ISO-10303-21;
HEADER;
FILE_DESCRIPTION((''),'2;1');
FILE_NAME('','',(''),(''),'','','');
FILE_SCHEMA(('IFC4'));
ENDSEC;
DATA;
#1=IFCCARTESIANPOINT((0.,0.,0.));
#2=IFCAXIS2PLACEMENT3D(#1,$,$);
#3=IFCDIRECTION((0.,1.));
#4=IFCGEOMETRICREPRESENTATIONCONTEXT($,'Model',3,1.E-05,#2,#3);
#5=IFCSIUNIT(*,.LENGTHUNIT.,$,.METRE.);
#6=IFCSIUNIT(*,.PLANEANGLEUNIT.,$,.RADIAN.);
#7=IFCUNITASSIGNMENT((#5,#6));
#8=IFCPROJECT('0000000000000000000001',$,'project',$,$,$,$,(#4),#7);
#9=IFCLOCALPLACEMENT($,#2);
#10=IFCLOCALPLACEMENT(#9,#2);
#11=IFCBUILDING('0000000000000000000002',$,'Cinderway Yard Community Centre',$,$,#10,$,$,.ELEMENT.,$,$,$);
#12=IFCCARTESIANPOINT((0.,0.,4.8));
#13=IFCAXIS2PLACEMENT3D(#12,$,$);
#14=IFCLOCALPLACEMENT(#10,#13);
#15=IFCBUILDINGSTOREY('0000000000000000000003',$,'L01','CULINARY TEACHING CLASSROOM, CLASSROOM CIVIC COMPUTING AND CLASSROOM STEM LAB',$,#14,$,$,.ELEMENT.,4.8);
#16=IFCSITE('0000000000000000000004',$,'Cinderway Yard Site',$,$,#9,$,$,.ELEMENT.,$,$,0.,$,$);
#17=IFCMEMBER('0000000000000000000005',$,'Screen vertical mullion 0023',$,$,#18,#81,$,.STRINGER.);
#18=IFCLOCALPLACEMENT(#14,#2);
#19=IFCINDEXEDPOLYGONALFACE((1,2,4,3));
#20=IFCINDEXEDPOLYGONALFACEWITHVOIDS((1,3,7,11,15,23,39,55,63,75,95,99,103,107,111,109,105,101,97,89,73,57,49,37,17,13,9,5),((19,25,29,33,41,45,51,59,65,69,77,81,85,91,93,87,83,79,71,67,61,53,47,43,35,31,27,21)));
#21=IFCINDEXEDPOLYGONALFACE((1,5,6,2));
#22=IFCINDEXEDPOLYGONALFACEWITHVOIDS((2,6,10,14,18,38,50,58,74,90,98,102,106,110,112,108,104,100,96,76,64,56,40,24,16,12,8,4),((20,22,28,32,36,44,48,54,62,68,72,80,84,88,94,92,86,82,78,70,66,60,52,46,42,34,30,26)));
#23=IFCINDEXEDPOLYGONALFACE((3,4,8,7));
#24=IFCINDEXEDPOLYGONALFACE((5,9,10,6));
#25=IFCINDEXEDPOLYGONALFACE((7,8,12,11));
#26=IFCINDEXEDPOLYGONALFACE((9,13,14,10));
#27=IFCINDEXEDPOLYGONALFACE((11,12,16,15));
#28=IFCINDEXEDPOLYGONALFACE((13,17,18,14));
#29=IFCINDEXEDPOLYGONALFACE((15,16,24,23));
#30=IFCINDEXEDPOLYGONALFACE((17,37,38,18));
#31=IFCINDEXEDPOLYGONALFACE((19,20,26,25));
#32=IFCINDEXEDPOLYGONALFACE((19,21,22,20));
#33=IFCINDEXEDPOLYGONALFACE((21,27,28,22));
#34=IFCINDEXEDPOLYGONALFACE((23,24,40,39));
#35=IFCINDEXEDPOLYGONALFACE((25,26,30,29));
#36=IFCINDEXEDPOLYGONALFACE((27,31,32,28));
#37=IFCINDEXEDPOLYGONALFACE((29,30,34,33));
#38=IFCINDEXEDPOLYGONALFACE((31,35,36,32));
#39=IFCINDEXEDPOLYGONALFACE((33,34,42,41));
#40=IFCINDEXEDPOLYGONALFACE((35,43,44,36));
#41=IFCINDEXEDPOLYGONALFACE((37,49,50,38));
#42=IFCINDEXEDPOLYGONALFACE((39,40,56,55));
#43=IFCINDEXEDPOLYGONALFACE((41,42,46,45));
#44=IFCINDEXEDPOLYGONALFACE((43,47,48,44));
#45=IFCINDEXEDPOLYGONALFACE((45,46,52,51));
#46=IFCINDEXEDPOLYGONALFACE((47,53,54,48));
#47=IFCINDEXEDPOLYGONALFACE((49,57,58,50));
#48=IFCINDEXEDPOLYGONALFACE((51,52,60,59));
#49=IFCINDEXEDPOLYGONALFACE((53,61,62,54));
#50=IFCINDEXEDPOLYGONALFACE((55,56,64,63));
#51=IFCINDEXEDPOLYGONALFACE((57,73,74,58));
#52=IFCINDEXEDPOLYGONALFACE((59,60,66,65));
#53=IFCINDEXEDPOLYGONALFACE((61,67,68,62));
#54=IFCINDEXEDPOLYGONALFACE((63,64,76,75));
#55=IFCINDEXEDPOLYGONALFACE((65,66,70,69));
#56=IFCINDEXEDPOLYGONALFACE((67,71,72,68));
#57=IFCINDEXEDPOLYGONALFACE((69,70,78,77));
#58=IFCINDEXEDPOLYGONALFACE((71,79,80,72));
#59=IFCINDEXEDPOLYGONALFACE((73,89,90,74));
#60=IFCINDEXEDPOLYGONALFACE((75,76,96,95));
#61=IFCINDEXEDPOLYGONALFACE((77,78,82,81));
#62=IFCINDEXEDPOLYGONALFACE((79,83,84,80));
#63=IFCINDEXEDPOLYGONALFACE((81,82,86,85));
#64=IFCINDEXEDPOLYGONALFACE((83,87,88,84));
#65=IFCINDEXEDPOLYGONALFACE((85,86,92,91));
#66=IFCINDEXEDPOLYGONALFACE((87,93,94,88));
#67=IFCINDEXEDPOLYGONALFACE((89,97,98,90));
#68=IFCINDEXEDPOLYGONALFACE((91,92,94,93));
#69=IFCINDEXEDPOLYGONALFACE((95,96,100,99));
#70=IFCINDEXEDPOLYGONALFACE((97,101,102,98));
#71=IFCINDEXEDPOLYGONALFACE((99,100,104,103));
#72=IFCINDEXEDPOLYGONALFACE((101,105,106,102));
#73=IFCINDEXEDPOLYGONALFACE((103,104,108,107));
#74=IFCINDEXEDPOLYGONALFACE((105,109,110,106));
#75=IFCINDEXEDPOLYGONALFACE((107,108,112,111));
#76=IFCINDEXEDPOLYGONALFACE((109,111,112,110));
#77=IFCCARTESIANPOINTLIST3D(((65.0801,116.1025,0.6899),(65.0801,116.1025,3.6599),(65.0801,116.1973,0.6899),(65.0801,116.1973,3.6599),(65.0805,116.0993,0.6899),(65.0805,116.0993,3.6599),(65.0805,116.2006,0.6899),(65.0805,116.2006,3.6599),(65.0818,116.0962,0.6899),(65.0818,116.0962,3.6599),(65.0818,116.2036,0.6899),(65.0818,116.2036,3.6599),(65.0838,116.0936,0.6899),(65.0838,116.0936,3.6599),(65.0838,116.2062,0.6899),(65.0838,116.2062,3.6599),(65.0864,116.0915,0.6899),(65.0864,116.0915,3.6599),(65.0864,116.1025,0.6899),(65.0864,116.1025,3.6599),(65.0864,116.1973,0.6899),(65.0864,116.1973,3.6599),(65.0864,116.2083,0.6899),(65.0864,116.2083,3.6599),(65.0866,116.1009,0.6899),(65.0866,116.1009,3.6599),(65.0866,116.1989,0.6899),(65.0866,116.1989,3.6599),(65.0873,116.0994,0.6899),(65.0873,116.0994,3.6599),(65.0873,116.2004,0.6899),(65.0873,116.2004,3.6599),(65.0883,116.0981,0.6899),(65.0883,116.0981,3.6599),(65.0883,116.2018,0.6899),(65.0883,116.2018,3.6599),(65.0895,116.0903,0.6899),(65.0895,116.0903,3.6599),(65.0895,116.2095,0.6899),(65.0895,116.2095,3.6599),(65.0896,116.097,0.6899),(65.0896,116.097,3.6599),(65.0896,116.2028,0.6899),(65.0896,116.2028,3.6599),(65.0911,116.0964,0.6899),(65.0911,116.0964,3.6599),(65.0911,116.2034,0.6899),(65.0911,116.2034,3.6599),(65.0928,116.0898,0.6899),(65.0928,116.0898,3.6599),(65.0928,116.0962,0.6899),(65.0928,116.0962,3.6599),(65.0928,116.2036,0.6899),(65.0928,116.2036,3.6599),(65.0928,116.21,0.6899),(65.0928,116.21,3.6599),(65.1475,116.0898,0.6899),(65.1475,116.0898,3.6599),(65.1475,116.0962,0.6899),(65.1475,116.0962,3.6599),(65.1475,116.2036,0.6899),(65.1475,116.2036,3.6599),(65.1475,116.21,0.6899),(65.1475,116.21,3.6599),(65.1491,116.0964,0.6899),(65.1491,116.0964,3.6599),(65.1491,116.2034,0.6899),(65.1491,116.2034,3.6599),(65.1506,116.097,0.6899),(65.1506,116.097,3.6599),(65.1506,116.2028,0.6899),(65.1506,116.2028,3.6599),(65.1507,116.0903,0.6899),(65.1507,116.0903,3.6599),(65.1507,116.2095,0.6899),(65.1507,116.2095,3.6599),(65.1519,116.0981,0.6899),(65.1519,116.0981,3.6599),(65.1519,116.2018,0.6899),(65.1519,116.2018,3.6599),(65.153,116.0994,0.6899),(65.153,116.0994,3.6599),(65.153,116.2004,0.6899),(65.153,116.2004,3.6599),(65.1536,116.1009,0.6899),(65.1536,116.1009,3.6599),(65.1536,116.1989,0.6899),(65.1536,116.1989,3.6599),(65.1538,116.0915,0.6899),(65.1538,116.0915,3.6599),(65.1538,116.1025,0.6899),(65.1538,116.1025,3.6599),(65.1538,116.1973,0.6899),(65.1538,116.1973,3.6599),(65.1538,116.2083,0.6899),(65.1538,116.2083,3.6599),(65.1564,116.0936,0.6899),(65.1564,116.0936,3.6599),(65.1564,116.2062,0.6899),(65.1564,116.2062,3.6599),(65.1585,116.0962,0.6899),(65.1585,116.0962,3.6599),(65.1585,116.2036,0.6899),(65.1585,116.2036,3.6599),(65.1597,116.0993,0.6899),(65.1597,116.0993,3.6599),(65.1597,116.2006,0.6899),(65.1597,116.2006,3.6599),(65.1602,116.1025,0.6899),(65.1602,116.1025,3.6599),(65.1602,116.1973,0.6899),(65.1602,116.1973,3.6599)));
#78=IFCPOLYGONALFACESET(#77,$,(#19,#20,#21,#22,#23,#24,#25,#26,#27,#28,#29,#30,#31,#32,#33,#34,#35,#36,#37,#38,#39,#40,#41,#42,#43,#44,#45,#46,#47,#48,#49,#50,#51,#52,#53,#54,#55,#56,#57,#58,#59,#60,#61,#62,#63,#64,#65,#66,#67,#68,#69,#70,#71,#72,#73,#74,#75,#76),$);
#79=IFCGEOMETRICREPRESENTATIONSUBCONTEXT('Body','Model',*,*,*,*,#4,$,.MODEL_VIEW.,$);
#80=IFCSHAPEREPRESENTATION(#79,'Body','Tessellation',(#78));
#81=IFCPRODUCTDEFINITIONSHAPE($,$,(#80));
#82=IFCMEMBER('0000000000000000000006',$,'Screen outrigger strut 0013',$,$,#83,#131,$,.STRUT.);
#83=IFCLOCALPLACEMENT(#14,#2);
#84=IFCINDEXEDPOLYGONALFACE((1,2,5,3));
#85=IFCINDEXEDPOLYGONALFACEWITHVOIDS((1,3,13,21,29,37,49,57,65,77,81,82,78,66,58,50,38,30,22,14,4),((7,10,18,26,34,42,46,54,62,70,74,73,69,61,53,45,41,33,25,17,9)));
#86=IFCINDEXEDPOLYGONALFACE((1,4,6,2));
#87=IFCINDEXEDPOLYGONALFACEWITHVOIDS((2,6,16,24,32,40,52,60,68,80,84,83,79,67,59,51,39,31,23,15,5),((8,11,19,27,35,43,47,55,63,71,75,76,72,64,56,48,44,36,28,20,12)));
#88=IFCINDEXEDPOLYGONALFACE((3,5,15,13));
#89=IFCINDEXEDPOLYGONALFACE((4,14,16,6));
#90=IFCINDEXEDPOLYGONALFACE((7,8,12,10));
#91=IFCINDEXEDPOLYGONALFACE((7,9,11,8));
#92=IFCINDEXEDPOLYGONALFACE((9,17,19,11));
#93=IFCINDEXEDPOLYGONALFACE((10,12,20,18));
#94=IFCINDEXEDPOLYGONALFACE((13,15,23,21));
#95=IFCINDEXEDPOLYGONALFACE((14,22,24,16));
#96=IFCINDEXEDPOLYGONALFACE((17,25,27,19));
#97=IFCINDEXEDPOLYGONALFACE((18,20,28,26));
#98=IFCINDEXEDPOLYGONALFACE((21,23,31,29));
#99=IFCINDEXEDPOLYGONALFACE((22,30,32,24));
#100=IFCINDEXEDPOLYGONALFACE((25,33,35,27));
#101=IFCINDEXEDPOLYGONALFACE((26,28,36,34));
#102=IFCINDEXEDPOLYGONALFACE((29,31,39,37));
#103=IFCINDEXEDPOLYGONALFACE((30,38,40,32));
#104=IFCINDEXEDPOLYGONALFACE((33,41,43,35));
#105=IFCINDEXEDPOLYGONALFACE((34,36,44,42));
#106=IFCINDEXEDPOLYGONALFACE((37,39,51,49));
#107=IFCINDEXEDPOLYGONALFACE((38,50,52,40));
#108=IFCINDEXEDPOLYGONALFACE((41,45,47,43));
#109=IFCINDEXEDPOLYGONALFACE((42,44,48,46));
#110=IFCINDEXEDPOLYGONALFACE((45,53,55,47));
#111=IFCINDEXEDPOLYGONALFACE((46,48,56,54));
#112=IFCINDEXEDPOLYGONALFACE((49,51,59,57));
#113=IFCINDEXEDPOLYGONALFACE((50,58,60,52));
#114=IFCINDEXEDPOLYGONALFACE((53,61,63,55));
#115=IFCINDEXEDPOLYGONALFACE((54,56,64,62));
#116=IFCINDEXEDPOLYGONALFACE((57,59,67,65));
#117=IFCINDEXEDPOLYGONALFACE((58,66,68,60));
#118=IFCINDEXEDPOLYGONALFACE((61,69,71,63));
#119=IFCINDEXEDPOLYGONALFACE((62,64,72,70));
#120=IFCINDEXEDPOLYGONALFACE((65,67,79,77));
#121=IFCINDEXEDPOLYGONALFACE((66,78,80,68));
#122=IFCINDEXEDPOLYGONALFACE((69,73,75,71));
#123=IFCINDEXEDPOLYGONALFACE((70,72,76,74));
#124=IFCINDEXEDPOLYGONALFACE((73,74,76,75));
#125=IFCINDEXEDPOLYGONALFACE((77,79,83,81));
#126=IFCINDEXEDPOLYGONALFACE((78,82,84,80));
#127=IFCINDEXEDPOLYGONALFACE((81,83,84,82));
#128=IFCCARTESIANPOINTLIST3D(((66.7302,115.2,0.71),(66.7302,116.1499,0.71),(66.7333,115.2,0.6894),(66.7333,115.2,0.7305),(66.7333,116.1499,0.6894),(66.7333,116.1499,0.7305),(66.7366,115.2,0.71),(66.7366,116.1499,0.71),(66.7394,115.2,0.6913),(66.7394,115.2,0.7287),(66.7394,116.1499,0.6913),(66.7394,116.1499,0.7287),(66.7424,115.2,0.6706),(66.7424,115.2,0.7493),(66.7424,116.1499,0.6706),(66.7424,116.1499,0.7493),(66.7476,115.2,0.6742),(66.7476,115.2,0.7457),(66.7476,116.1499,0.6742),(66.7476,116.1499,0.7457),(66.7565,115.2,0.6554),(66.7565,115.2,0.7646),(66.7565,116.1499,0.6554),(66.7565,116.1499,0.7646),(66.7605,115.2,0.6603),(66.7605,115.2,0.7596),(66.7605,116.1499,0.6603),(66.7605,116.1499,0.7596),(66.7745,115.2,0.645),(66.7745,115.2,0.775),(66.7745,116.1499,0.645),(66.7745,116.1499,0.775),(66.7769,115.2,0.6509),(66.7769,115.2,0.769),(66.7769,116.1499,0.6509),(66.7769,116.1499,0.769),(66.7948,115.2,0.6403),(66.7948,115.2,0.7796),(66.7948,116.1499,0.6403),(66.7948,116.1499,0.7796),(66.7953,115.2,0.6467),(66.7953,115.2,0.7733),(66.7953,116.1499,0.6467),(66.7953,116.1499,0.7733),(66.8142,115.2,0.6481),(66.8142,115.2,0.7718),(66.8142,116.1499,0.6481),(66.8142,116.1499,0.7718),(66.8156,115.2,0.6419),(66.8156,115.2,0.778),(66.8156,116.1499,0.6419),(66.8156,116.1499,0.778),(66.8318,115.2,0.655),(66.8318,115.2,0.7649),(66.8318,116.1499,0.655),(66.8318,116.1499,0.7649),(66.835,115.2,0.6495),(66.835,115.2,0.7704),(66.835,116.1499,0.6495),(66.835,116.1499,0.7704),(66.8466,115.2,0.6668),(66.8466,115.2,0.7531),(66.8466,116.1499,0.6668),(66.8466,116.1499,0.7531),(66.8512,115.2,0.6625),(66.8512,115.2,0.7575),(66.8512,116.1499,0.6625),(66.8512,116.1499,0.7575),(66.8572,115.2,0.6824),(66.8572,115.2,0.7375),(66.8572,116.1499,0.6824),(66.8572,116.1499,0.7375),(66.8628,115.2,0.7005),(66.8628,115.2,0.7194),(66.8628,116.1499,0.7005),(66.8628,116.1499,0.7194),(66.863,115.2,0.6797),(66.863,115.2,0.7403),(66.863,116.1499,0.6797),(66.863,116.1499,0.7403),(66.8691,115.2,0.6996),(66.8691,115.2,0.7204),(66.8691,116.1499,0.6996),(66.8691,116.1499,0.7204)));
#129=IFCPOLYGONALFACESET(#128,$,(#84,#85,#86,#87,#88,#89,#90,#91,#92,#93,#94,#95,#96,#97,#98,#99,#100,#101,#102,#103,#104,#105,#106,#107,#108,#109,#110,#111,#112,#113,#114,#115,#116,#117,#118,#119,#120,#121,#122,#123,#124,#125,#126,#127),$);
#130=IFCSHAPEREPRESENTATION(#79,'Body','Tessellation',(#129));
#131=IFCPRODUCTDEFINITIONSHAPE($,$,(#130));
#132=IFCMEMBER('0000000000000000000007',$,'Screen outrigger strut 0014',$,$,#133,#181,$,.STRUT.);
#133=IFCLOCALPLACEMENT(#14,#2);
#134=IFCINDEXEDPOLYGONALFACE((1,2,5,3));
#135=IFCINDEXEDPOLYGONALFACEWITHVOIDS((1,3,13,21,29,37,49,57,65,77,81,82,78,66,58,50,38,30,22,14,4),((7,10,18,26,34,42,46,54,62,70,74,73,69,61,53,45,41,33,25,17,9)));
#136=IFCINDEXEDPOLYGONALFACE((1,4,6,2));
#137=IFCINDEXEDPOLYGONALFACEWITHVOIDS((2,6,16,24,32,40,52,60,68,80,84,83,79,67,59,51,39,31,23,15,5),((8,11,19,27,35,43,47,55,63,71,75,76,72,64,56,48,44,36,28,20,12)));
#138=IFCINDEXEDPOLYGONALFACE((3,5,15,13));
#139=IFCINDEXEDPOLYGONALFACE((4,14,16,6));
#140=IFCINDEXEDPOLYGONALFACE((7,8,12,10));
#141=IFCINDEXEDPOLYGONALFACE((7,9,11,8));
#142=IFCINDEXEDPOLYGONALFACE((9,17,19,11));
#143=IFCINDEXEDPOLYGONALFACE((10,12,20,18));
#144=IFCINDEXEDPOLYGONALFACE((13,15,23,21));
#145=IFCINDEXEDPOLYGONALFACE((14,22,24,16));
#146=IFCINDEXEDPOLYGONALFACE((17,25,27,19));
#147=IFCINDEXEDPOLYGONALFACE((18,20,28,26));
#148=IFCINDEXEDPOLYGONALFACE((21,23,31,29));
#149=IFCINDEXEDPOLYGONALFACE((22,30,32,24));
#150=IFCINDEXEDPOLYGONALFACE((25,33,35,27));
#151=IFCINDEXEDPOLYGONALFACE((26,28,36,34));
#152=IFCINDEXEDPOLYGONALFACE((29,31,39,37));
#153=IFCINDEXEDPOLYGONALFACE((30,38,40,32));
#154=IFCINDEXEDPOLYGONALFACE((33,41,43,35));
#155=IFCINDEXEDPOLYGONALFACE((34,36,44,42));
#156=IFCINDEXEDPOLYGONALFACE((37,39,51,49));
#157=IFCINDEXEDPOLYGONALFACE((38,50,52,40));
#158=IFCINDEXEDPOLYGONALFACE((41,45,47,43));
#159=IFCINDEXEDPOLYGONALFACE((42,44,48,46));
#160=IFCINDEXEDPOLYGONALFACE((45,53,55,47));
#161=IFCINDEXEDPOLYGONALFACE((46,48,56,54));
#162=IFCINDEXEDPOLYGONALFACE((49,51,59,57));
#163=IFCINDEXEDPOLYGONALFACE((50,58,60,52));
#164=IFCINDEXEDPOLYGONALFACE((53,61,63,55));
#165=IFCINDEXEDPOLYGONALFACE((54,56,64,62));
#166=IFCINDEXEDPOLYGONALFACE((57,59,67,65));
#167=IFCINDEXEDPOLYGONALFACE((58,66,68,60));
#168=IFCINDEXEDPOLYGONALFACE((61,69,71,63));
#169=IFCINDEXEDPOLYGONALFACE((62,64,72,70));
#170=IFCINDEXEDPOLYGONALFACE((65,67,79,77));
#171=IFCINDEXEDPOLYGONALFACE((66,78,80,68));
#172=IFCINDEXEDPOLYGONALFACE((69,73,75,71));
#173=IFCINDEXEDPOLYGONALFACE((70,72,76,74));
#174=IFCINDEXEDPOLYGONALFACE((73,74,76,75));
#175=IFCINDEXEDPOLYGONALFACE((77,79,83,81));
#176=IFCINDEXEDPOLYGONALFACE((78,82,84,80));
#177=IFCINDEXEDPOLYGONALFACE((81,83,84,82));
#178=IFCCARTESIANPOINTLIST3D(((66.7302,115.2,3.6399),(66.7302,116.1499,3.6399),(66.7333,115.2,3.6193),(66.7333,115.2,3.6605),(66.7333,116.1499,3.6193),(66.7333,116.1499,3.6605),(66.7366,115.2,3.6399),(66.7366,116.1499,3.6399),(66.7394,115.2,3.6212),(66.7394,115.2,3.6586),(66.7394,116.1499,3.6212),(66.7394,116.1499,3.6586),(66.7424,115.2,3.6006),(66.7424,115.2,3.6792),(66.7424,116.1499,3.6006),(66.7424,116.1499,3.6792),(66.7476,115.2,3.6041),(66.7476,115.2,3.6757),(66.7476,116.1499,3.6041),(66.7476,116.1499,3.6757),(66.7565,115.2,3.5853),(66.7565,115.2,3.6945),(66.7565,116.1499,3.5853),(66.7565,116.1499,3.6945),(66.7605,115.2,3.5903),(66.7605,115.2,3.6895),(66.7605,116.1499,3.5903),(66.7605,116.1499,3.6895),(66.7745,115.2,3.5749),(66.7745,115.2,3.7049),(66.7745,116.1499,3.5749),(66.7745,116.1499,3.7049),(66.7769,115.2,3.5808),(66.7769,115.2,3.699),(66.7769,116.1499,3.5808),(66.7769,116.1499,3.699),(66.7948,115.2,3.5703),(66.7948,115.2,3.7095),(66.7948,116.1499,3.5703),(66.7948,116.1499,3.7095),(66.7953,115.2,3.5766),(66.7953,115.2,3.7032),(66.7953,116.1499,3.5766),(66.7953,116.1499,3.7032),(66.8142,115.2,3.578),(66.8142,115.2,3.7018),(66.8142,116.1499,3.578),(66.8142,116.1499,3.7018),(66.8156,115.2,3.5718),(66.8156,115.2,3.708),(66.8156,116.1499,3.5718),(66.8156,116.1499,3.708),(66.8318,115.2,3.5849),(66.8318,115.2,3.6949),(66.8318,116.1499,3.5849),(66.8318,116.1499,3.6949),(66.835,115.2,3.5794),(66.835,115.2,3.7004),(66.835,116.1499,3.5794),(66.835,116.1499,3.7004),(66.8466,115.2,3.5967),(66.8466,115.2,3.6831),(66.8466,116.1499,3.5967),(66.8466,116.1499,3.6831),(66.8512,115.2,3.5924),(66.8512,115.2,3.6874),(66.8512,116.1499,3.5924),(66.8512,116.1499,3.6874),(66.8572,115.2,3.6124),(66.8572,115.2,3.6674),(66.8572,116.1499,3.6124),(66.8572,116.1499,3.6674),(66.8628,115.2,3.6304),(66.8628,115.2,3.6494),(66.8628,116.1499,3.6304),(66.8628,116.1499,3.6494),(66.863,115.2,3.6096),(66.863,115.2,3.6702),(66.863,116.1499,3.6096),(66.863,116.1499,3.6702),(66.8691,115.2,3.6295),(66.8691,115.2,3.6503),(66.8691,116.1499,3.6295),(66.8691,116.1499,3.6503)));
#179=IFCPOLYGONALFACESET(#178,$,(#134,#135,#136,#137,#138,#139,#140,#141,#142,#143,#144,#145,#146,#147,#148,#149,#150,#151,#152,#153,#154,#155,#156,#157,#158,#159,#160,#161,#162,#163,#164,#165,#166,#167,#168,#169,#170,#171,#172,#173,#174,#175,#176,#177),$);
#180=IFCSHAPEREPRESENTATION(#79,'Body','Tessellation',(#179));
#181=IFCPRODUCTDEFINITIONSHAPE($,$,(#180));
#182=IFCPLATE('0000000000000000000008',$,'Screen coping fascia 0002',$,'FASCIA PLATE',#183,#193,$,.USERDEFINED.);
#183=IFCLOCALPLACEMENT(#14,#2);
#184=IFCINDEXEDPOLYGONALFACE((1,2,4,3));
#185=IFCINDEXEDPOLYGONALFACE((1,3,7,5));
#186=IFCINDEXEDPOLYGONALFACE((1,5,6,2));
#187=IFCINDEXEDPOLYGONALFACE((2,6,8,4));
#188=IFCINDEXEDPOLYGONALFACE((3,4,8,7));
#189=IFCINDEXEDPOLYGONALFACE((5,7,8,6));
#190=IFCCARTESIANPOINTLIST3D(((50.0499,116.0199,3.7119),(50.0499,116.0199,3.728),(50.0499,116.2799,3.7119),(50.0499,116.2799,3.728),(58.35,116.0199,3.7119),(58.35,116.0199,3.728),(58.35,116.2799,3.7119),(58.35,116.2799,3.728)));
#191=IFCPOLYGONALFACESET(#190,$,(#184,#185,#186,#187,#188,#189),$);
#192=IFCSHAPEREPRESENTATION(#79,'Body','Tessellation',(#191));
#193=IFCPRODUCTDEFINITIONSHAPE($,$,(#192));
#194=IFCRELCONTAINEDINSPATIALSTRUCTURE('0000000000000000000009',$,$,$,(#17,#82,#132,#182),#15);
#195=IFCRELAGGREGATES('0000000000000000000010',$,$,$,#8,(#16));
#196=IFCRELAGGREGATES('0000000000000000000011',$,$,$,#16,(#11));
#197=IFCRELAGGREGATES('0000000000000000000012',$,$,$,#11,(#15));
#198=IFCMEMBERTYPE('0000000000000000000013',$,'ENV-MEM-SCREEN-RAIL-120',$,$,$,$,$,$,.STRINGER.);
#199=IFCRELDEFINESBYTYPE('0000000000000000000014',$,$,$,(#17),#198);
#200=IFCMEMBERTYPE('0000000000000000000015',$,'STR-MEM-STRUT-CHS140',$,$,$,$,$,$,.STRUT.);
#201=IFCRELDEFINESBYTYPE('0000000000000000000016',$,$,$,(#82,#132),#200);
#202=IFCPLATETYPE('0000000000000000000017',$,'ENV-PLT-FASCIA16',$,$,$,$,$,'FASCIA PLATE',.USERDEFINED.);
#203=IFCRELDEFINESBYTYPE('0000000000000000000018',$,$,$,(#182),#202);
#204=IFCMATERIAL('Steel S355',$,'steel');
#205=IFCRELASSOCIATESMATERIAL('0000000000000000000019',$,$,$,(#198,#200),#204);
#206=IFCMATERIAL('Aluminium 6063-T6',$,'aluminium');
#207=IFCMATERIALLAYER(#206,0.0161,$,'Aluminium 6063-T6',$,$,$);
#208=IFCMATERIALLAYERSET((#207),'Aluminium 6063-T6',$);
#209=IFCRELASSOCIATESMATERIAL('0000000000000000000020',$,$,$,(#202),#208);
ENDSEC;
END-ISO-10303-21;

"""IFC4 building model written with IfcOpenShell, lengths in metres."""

from ifc_helpers import new_model, si_unit, direction, frame, origin, origin_2d, place, context, subcontext, project, spatial, rectangle, hollow_rectangle, hollow_circle, extrude, material, layer, layer_set, material_profile, profile_set, type_object, element, save


model = new_model("IFC4")

# Units and contexts
model_context = context("Model", 3, precision=1e-05, world=origin(), true_north=direction((0.0, 1.0)))
body_context = subcontext(model_context, "Body", "Model", "MODEL_VIEW")
ifc_project = project(units=[si_unit("LENGTHUNIT", "METRE"), si_unit("PLANEANGLEUNIT", "RADIAN")], contexts=[model_context])

# Site, building, storey
site_placement = place(None, origin())
site = spatial("IfcSite", under=ifc_project, at=site_placement, Name="Cinderway Yard Site", CompositionType="ELEMENT", RefElevation=0.0)
building_placement = place(site_placement, origin())
building = spatial("IfcBuilding", under=site, at=building_placement, Name="Cinderway Yard Community Centre", CompositionType="ELEMENT")
storey_placement = place(building_placement, frame((0.0, 0.0, 4.8)))
storey = spatial("IfcBuildingStorey", under=building, at=storey_placement, Name="L01", Description="CULINARY TEACHING CLASSROOM, CLASSROOM CIVIC COMPUTING AND CLASSROOM STEM LAB", CompositionType="ELEMENT", Elevation=4.8)

# Members
ifc_material_1 = material(Name="Steel S355", Category="steel")
ifc_material_profile_1 = material_profile(ifc_material_1, hollow_rectangle(XDim=0.0801, YDim=0.1201, WallThickness=0.0063, InnerFilletRadius=0.0063, OuterFilletRadius=0.0127, at=origin_2d()), Name="Steel S355")
ifc_profile_set_1 = profile_set([ifc_material_profile_1], Name="Steel S355")
member_type_1 = type_object("IfcMemberType", Name="ENV-MEM-SCREEN-RAIL-120", PredefinedType="STRINGER", material=ifc_profile_set_1)
for number, where, z_axis, x_axis, name in (
    (1, (65.1201, 116.1499, 0.6899), (0.0, 0.0, 1.0), (1.0, 0.0, 0.0), "Screen vertical mullion 0023"),
):
    element("IfcMember", number, at=place(storey_placement, frame(where, z_axis=z_axis, x_axis=x_axis)), inside=storey, type_object=member_type_1, Name=name, PredefinedType="STRINGER", context=body_context, shape_type="SweptSolid", body=[
        extrude(hollow_rectangle(XDim=0.0801, YDim=0.1201, WallThickness=0.0063, InnerFilletRadius=0.0063, OuterFilletRadius=0.0127, at=origin_2d()), origin(), (0.0, 0.0, 1.0), 2.97),
    ])
ifc_material_profile_2 = material_profile(ifc_material_1, hollow_circle(Radius=0.0698, WallThickness=0.0063, at=origin_2d()), Name="Steel S355")
ifc_profile_set_2 = profile_set([ifc_material_profile_2], Name="Steel S355")
member_type_2 = type_object("IfcMemberType", Name="STR-MEM-STRUT-CHS140", PredefinedType="STRUT", material=ifc_profile_set_2)
for number, where, z_axis, x_axis, name in (
    (2, (66.8, 115.2, 0.71), (0.0, 1.0, 0.0), (-1.0, 0.0, 0.0), "Screen outrigger strut 0013"),
    (3, (66.8, 115.2, 3.6399), (0.0, 1.0, 0.0), (-1.0, 0.0, 0.0), "Screen outrigger strut 0014"),
):
    element("IfcMember", number, at=place(storey_placement, frame(where, z_axis=z_axis, x_axis=x_axis)), inside=storey, type_object=member_type_2, Name=name, PredefinedType="STRUT", context=body_context, shape_type="SweptSolid", body=[
        extrude(hollow_circle(Radius=0.0698, WallThickness=0.0063, at=origin_2d()), origin(), (0.0, 0.0, 1.0), 0.95),
    ])

# Plate
ifc_material_2 = material(Name="Aluminium 6063-T6", Category="aluminium")
ifc_layer_1 = layer(ifc_material_2, 0.0161, Name="Aluminium 6063-T6")
ifc_layer_set_1 = layer_set([ifc_layer_1], Name="Aluminium 6063-T6")
plate_type = type_object("IfcPlateType", Name="ENV-PLT-FASCIA16", ElementType="FASCIA PLATE", PredefinedType="USERDEFINED", material=ifc_layer_set_1)
for number, where, z_axis, x_axis, name in (
    (4, (54.2, 116.1499, 3.7119), (0.0, 0.0, 1.0), (1.0, 0.0, 0.0), "Screen coping fascia 0002"),
):
    element("IfcPlate", number, at=place(storey_placement, frame(where, z_axis=z_axis, x_axis=x_axis)), inside=storey, type_object=plate_type, Name=name, ObjectType="FASCIA PLATE", PredefinedType="USERDEFINED", context=body_context, shape_type="SweptSolid", body=[
        extrude(rectangle(XDim=8.3, YDim=0.26, at=origin_2d()), origin(), (0.0, 0.0, 1.0), 0.0161),
    ])

save(model, "model.ifc")
